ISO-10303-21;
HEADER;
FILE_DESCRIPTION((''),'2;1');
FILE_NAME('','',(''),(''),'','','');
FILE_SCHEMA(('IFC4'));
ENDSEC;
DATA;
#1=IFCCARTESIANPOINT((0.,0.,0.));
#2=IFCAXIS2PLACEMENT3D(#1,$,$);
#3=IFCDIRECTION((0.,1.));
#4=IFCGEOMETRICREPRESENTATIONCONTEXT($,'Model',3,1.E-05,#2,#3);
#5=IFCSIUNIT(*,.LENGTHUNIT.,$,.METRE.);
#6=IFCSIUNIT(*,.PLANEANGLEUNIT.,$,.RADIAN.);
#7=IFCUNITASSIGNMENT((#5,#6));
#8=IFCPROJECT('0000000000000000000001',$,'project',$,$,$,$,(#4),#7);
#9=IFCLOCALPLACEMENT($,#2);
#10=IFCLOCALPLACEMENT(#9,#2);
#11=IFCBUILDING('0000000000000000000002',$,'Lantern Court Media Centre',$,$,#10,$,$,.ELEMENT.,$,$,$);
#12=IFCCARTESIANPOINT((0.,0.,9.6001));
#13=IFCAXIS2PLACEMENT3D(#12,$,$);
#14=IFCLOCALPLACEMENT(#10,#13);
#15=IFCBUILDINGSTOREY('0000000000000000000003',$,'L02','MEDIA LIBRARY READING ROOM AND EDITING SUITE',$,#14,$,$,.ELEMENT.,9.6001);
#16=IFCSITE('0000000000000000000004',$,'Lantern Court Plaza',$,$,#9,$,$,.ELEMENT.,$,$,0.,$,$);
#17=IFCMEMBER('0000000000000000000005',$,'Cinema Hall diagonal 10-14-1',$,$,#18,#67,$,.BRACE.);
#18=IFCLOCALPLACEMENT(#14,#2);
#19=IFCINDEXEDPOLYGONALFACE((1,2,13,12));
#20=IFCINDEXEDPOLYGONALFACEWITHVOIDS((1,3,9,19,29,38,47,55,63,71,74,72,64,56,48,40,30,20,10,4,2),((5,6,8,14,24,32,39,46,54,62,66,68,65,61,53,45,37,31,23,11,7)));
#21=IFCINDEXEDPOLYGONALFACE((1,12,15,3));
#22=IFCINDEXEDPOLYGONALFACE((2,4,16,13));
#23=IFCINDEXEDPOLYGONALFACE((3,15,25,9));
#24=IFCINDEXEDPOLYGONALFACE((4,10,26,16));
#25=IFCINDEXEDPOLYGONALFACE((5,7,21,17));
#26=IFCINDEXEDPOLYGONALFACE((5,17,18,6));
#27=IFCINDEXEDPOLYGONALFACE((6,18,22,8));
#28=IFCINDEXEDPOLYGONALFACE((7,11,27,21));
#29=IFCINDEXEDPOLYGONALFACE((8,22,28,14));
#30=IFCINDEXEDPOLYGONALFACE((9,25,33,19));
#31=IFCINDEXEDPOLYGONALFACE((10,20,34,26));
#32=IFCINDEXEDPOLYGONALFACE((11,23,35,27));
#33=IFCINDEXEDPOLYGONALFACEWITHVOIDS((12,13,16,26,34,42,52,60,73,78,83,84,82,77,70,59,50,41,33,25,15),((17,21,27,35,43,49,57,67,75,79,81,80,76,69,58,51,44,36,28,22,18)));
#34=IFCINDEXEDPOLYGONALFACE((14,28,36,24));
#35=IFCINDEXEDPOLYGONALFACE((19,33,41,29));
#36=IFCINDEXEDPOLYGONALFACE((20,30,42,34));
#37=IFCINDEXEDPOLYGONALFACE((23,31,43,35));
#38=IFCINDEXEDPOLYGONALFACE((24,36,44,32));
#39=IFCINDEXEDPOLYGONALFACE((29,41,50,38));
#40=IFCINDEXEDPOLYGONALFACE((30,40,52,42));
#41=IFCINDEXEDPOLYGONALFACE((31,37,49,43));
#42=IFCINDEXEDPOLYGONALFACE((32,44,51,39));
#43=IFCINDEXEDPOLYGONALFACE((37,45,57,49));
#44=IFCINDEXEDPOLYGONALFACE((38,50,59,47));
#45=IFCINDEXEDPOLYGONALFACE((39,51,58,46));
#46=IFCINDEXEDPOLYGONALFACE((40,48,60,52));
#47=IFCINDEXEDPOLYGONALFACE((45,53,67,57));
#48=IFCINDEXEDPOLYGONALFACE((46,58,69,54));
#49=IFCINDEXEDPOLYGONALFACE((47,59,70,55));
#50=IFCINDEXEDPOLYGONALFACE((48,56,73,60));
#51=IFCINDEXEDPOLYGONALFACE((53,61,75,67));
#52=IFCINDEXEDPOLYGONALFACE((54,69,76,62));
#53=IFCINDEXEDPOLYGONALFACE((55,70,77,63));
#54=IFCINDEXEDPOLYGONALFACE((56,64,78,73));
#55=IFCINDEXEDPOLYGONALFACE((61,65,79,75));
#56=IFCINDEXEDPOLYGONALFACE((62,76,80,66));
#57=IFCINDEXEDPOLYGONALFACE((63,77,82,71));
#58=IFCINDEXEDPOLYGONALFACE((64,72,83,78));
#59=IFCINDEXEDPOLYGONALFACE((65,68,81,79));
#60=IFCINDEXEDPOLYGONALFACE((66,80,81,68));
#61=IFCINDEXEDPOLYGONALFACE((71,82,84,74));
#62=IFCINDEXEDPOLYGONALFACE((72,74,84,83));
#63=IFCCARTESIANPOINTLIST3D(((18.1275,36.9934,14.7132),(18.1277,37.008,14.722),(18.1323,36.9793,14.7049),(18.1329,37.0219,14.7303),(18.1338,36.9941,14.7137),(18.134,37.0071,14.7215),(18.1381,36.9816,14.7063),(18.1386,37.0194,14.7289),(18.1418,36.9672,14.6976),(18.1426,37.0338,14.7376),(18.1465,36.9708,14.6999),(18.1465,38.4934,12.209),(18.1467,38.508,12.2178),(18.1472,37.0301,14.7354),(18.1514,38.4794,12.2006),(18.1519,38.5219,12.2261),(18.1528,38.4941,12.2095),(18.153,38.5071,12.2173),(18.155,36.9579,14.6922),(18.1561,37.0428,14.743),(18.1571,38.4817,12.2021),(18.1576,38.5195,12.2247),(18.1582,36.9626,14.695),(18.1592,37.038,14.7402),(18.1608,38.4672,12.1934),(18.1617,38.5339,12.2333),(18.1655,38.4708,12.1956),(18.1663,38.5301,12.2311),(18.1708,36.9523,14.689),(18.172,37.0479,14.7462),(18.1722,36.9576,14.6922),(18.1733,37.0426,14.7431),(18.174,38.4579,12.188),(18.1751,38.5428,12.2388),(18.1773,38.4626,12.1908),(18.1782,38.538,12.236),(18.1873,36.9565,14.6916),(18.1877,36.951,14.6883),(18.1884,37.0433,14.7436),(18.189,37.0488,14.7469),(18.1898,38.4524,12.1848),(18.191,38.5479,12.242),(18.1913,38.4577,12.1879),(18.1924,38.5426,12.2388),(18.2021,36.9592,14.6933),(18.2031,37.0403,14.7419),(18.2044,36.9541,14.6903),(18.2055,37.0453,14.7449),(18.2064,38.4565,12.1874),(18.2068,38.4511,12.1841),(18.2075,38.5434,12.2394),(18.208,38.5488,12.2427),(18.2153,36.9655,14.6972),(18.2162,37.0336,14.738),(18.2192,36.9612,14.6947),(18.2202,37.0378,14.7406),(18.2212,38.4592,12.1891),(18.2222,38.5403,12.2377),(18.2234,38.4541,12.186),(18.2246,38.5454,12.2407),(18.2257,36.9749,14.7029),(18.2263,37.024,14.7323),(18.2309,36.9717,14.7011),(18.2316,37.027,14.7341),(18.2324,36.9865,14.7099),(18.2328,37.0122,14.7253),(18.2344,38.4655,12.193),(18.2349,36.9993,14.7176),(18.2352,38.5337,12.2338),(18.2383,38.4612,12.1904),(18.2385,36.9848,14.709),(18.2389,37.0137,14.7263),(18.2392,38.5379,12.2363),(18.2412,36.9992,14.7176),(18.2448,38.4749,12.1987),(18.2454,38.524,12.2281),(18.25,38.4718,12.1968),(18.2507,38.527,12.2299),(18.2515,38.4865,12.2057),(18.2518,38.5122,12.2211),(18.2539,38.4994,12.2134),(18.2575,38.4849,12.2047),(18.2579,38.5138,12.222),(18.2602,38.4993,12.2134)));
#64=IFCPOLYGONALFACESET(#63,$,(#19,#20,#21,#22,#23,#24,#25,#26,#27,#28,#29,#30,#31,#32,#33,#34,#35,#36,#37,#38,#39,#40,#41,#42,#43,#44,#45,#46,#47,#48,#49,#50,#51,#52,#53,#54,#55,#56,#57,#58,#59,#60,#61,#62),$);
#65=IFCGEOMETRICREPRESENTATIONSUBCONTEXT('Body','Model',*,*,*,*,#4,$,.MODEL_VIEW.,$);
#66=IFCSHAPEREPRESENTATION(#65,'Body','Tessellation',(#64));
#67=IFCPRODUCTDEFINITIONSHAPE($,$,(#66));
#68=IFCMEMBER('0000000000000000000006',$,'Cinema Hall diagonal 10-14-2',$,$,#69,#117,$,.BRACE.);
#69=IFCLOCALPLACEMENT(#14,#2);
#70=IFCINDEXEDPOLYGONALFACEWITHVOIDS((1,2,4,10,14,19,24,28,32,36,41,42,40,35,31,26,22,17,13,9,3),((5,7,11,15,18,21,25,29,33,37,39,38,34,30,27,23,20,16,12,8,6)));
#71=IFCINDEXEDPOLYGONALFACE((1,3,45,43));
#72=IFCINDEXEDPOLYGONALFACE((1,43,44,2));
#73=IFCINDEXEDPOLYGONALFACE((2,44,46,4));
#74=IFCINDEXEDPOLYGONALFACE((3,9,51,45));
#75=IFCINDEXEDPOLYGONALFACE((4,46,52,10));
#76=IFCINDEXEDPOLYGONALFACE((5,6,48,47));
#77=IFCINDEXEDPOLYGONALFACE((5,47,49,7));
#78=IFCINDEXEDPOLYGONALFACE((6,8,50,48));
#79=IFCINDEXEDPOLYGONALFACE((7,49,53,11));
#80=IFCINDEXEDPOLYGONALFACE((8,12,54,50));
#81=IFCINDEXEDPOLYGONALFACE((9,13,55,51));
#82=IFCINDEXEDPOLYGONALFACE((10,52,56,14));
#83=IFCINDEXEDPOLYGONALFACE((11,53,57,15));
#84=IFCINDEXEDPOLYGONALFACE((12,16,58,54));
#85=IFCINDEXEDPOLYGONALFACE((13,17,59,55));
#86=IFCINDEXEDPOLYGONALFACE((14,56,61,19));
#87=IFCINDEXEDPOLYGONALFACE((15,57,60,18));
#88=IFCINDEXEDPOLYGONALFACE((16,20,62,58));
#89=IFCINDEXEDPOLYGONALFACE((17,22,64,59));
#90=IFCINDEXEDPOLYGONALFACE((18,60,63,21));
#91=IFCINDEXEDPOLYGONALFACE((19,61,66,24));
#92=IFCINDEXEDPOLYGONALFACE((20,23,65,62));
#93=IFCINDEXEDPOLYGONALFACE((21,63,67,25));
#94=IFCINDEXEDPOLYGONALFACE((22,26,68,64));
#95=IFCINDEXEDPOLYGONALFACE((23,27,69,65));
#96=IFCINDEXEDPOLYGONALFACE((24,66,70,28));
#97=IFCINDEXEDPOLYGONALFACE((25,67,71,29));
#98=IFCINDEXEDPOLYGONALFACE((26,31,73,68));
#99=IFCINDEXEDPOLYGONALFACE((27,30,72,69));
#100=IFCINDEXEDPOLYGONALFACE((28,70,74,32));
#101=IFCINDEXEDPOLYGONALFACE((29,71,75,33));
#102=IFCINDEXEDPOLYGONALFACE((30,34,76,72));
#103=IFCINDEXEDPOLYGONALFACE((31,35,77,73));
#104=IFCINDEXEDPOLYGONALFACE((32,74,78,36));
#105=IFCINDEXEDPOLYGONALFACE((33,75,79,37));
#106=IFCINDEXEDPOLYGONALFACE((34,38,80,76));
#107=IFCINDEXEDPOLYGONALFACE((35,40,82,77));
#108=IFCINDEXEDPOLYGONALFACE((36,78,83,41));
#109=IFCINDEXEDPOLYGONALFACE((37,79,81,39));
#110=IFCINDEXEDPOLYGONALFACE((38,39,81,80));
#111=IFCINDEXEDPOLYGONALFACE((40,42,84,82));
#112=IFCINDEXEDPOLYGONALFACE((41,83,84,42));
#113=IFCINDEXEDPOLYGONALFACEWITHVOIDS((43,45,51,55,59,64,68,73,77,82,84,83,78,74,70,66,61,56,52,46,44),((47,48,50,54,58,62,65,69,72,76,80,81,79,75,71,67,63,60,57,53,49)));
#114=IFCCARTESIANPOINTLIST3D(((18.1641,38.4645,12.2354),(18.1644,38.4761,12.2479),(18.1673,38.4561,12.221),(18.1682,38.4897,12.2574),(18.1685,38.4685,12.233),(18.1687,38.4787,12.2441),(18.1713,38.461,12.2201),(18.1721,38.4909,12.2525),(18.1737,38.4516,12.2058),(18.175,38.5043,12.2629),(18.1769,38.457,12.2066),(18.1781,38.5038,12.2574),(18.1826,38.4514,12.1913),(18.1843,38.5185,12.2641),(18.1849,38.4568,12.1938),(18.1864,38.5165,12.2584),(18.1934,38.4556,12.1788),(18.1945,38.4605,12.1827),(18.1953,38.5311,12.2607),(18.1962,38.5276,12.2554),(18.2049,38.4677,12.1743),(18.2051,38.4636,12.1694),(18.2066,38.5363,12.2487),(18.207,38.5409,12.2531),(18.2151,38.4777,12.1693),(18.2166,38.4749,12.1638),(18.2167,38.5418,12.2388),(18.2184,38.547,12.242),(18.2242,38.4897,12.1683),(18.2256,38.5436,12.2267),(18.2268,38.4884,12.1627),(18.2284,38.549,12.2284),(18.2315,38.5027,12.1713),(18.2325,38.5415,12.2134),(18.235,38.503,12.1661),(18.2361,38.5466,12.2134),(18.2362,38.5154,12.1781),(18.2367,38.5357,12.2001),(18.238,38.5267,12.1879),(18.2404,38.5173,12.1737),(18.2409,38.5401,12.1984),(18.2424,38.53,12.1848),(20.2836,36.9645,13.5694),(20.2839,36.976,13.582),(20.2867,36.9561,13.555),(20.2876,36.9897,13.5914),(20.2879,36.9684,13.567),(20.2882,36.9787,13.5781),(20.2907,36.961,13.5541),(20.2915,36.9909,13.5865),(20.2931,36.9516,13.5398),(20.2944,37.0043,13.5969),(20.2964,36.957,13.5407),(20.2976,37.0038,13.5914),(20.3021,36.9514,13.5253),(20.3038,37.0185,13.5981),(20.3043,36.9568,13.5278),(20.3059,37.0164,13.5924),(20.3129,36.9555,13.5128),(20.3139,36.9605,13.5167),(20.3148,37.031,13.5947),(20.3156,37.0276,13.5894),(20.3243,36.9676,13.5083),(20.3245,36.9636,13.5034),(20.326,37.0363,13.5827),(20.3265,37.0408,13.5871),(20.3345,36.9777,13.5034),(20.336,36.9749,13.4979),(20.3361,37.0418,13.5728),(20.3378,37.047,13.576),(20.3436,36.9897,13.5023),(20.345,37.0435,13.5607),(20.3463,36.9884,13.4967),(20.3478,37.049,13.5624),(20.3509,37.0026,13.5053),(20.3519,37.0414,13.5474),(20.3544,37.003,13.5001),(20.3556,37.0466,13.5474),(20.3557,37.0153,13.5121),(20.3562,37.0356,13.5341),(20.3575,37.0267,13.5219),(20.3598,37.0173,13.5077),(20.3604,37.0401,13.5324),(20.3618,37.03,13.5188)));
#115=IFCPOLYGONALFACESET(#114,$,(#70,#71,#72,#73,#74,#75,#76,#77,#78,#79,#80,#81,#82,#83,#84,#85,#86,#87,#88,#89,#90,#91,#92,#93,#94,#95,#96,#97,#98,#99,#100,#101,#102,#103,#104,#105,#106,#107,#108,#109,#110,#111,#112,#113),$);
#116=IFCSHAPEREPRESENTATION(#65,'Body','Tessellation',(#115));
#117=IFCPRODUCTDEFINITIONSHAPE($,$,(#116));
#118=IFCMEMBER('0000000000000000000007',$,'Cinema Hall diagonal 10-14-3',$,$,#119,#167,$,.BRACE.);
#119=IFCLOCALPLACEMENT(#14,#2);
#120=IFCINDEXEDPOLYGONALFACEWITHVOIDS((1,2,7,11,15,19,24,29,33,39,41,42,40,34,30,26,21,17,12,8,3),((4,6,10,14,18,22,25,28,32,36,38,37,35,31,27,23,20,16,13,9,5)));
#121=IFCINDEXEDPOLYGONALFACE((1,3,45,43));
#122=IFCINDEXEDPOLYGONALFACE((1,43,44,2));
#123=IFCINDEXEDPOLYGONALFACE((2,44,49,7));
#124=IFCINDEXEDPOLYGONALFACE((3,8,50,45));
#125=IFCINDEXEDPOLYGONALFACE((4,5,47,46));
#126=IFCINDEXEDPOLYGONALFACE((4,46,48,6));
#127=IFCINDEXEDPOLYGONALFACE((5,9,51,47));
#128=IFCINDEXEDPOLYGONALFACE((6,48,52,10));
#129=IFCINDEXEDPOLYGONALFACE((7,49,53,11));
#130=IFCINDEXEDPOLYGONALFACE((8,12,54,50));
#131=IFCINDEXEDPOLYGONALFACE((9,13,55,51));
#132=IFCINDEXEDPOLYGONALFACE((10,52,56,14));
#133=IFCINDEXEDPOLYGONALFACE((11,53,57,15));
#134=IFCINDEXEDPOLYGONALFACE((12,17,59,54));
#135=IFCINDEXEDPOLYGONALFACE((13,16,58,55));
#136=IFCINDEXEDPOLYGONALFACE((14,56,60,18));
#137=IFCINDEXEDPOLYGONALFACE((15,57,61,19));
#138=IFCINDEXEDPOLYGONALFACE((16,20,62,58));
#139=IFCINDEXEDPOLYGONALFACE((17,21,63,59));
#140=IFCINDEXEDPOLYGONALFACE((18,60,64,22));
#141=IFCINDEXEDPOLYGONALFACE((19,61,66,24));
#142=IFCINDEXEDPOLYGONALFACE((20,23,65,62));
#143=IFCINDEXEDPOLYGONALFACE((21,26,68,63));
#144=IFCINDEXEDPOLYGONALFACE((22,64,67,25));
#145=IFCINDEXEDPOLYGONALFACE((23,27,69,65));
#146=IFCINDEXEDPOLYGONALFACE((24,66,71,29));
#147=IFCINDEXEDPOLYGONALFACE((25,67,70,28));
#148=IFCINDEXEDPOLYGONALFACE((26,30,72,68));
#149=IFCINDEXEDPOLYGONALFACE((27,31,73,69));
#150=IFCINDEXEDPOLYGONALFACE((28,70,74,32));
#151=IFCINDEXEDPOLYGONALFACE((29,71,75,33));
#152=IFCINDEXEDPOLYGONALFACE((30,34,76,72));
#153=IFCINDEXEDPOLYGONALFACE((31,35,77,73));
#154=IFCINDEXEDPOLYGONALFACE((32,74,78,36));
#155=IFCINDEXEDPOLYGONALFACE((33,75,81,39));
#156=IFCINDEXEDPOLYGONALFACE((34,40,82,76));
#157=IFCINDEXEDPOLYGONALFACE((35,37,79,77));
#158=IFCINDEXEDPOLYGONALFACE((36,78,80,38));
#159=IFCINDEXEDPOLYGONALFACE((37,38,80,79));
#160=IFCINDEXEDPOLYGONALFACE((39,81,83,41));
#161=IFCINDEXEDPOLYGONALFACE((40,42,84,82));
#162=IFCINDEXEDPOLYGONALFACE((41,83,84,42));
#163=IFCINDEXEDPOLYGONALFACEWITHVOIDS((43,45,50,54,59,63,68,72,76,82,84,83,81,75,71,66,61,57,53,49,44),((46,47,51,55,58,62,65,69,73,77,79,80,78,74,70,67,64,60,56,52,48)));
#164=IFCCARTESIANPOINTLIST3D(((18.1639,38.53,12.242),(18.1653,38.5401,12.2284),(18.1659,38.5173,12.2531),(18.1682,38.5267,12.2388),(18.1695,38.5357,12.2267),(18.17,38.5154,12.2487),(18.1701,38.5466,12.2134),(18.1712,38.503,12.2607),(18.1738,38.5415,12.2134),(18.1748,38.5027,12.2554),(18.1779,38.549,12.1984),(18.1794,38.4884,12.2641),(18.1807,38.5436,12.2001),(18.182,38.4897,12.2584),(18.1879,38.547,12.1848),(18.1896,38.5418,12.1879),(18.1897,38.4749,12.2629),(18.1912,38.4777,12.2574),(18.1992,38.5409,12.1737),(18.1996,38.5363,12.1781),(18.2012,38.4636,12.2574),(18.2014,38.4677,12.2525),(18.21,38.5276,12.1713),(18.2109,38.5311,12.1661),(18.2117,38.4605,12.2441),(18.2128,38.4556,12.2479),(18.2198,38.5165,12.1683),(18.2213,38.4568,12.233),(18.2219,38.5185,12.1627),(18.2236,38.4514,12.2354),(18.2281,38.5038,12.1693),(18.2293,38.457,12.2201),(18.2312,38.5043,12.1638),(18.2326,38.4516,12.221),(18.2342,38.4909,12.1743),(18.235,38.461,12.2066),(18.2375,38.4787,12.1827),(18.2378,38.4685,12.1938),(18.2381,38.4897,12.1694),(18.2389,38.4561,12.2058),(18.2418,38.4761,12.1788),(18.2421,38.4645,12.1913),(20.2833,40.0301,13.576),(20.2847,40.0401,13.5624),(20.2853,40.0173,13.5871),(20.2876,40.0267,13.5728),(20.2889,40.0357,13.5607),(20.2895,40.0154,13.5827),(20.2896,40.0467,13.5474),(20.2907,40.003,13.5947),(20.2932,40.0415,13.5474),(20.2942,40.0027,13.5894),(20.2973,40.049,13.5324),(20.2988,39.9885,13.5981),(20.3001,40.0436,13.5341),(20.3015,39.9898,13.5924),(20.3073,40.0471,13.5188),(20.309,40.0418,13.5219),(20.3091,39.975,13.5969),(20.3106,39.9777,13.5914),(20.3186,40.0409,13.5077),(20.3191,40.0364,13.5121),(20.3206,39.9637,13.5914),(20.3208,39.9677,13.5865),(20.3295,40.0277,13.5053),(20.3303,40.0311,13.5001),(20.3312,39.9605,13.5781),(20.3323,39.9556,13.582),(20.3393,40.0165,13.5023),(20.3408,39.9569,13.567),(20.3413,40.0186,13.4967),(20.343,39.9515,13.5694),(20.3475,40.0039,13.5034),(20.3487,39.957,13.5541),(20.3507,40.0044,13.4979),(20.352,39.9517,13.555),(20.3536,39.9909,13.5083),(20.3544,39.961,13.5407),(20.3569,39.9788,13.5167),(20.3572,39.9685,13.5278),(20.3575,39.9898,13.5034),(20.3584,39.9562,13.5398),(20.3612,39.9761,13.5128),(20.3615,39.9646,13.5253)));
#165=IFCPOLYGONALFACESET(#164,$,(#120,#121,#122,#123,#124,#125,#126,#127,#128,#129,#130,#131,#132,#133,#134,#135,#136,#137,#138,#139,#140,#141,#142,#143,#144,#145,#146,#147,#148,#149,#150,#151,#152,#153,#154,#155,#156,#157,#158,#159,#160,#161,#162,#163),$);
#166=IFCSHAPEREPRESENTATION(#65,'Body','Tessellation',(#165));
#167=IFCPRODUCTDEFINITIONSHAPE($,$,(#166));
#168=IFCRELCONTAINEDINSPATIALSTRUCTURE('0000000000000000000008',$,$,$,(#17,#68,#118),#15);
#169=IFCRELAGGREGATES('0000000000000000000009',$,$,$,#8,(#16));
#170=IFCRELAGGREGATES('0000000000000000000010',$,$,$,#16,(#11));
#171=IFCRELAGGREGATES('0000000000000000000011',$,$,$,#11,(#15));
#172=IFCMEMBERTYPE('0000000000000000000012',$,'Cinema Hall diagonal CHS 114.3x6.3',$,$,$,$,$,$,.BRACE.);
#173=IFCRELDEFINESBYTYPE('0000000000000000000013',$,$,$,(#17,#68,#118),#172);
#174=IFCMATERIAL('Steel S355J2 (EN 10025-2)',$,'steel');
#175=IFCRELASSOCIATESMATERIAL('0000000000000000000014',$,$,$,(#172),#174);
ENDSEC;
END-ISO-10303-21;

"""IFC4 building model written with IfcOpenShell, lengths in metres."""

from ifc_helpers import new_model, si_unit, direction, frame, origin, origin_2d, place, context, subcontext, project, spatial, hollow_circle, extrude, material, material_profile, profile_set, type_object, element, save


model = new_model("IFC4")

# Units and contexts
model_context = context("Model", 3, precision=1e-05, world=origin(), true_north=direction((0.0, 1.0)))
body_context = subcontext(model_context, "Body", "Model", "MODEL_VIEW")
ifc_project = project(units=[si_unit("LENGTHUNIT", "METRE"), si_unit("PLANEANGLEUNIT", "RADIAN")], contexts=[model_context])

# Site, building, storey
site_placement = place(None, origin())
site = spatial("IfcSite", under=ifc_project, at=site_placement, Name="Lantern Court Plaza", CompositionType="ELEMENT", RefElevation=0.0)
building_placement = place(site_placement, origin())
building = spatial("IfcBuilding", under=site, at=building_placement, Name="Lantern Court Media Centre", CompositionType="ELEMENT")
storey_placement = place(building_placement, frame((0.0, 0.0, 9.6001)))
storey = spatial("IfcBuildingStorey", under=building, at=storey_placement, Name="L02", Description="MEDIA LIBRARY READING ROOM AND EDITING SUITE", CompositionType="ELEMENT", Elevation=9.6001)

# Members
ifc_material = material(Name="Steel S355J2 (EN 10025-2)", Category="steel")
ifc_material_profile_1 = material_profile(ifc_material, hollow_circle(Radius=0.0571, WallThickness=0.0063, at=origin_2d()), Name="Cinema Hall diagonal CHS 114.3x6.3")
ifc_profile_set_1 = profile_set([ifc_material_profile_1], Name="Steel S355J2 (EN 10025-2)")
member_type_1 = type_object("IfcMemberType", Name="Cinema Hall diagonal CHS 114.3x6.3", PredefinedType="BRACE", material=ifc_profile_set_1)
for number, where, z_axis, x_axis, name in (
    (1, (18.2031, 38.5, 12.2134), (-0.006524, -0.513857, 0.857851), (0.999919, -0.012694, 0.0), "Cinema Hall diagonal 10-14-1"),
    (2, (18.2031, 38.5, 12.2134), (0.726034, -0.513852, 0.45698), (0.577702, 0.816248, 0.0), "Cinema Hall diagonal 10-14-2"),
    (3, (18.2031, 38.5, 12.2134), (0.726034, 0.513852, 0.45698), (-0.577702, 0.816248, 0.0), "Cinema Hall diagonal 10-14-3"),
):
    element("IfcMember", number, at=place(storey_placement, frame(where, z_axis=z_axis, x_axis=x_axis)), inside=storey, type_object=member_type_1, Name=name, PredefinedType="BRACE", context=body_context, shape_type="SweptSolid", body=[
        extrude(hollow_circle(Radius=0.0571, WallThickness=0.0063, at=origin_2d()), origin(), (0.0, 0.0, 1.0), 2.9192),
    ])

save(model, "model.ifc")
